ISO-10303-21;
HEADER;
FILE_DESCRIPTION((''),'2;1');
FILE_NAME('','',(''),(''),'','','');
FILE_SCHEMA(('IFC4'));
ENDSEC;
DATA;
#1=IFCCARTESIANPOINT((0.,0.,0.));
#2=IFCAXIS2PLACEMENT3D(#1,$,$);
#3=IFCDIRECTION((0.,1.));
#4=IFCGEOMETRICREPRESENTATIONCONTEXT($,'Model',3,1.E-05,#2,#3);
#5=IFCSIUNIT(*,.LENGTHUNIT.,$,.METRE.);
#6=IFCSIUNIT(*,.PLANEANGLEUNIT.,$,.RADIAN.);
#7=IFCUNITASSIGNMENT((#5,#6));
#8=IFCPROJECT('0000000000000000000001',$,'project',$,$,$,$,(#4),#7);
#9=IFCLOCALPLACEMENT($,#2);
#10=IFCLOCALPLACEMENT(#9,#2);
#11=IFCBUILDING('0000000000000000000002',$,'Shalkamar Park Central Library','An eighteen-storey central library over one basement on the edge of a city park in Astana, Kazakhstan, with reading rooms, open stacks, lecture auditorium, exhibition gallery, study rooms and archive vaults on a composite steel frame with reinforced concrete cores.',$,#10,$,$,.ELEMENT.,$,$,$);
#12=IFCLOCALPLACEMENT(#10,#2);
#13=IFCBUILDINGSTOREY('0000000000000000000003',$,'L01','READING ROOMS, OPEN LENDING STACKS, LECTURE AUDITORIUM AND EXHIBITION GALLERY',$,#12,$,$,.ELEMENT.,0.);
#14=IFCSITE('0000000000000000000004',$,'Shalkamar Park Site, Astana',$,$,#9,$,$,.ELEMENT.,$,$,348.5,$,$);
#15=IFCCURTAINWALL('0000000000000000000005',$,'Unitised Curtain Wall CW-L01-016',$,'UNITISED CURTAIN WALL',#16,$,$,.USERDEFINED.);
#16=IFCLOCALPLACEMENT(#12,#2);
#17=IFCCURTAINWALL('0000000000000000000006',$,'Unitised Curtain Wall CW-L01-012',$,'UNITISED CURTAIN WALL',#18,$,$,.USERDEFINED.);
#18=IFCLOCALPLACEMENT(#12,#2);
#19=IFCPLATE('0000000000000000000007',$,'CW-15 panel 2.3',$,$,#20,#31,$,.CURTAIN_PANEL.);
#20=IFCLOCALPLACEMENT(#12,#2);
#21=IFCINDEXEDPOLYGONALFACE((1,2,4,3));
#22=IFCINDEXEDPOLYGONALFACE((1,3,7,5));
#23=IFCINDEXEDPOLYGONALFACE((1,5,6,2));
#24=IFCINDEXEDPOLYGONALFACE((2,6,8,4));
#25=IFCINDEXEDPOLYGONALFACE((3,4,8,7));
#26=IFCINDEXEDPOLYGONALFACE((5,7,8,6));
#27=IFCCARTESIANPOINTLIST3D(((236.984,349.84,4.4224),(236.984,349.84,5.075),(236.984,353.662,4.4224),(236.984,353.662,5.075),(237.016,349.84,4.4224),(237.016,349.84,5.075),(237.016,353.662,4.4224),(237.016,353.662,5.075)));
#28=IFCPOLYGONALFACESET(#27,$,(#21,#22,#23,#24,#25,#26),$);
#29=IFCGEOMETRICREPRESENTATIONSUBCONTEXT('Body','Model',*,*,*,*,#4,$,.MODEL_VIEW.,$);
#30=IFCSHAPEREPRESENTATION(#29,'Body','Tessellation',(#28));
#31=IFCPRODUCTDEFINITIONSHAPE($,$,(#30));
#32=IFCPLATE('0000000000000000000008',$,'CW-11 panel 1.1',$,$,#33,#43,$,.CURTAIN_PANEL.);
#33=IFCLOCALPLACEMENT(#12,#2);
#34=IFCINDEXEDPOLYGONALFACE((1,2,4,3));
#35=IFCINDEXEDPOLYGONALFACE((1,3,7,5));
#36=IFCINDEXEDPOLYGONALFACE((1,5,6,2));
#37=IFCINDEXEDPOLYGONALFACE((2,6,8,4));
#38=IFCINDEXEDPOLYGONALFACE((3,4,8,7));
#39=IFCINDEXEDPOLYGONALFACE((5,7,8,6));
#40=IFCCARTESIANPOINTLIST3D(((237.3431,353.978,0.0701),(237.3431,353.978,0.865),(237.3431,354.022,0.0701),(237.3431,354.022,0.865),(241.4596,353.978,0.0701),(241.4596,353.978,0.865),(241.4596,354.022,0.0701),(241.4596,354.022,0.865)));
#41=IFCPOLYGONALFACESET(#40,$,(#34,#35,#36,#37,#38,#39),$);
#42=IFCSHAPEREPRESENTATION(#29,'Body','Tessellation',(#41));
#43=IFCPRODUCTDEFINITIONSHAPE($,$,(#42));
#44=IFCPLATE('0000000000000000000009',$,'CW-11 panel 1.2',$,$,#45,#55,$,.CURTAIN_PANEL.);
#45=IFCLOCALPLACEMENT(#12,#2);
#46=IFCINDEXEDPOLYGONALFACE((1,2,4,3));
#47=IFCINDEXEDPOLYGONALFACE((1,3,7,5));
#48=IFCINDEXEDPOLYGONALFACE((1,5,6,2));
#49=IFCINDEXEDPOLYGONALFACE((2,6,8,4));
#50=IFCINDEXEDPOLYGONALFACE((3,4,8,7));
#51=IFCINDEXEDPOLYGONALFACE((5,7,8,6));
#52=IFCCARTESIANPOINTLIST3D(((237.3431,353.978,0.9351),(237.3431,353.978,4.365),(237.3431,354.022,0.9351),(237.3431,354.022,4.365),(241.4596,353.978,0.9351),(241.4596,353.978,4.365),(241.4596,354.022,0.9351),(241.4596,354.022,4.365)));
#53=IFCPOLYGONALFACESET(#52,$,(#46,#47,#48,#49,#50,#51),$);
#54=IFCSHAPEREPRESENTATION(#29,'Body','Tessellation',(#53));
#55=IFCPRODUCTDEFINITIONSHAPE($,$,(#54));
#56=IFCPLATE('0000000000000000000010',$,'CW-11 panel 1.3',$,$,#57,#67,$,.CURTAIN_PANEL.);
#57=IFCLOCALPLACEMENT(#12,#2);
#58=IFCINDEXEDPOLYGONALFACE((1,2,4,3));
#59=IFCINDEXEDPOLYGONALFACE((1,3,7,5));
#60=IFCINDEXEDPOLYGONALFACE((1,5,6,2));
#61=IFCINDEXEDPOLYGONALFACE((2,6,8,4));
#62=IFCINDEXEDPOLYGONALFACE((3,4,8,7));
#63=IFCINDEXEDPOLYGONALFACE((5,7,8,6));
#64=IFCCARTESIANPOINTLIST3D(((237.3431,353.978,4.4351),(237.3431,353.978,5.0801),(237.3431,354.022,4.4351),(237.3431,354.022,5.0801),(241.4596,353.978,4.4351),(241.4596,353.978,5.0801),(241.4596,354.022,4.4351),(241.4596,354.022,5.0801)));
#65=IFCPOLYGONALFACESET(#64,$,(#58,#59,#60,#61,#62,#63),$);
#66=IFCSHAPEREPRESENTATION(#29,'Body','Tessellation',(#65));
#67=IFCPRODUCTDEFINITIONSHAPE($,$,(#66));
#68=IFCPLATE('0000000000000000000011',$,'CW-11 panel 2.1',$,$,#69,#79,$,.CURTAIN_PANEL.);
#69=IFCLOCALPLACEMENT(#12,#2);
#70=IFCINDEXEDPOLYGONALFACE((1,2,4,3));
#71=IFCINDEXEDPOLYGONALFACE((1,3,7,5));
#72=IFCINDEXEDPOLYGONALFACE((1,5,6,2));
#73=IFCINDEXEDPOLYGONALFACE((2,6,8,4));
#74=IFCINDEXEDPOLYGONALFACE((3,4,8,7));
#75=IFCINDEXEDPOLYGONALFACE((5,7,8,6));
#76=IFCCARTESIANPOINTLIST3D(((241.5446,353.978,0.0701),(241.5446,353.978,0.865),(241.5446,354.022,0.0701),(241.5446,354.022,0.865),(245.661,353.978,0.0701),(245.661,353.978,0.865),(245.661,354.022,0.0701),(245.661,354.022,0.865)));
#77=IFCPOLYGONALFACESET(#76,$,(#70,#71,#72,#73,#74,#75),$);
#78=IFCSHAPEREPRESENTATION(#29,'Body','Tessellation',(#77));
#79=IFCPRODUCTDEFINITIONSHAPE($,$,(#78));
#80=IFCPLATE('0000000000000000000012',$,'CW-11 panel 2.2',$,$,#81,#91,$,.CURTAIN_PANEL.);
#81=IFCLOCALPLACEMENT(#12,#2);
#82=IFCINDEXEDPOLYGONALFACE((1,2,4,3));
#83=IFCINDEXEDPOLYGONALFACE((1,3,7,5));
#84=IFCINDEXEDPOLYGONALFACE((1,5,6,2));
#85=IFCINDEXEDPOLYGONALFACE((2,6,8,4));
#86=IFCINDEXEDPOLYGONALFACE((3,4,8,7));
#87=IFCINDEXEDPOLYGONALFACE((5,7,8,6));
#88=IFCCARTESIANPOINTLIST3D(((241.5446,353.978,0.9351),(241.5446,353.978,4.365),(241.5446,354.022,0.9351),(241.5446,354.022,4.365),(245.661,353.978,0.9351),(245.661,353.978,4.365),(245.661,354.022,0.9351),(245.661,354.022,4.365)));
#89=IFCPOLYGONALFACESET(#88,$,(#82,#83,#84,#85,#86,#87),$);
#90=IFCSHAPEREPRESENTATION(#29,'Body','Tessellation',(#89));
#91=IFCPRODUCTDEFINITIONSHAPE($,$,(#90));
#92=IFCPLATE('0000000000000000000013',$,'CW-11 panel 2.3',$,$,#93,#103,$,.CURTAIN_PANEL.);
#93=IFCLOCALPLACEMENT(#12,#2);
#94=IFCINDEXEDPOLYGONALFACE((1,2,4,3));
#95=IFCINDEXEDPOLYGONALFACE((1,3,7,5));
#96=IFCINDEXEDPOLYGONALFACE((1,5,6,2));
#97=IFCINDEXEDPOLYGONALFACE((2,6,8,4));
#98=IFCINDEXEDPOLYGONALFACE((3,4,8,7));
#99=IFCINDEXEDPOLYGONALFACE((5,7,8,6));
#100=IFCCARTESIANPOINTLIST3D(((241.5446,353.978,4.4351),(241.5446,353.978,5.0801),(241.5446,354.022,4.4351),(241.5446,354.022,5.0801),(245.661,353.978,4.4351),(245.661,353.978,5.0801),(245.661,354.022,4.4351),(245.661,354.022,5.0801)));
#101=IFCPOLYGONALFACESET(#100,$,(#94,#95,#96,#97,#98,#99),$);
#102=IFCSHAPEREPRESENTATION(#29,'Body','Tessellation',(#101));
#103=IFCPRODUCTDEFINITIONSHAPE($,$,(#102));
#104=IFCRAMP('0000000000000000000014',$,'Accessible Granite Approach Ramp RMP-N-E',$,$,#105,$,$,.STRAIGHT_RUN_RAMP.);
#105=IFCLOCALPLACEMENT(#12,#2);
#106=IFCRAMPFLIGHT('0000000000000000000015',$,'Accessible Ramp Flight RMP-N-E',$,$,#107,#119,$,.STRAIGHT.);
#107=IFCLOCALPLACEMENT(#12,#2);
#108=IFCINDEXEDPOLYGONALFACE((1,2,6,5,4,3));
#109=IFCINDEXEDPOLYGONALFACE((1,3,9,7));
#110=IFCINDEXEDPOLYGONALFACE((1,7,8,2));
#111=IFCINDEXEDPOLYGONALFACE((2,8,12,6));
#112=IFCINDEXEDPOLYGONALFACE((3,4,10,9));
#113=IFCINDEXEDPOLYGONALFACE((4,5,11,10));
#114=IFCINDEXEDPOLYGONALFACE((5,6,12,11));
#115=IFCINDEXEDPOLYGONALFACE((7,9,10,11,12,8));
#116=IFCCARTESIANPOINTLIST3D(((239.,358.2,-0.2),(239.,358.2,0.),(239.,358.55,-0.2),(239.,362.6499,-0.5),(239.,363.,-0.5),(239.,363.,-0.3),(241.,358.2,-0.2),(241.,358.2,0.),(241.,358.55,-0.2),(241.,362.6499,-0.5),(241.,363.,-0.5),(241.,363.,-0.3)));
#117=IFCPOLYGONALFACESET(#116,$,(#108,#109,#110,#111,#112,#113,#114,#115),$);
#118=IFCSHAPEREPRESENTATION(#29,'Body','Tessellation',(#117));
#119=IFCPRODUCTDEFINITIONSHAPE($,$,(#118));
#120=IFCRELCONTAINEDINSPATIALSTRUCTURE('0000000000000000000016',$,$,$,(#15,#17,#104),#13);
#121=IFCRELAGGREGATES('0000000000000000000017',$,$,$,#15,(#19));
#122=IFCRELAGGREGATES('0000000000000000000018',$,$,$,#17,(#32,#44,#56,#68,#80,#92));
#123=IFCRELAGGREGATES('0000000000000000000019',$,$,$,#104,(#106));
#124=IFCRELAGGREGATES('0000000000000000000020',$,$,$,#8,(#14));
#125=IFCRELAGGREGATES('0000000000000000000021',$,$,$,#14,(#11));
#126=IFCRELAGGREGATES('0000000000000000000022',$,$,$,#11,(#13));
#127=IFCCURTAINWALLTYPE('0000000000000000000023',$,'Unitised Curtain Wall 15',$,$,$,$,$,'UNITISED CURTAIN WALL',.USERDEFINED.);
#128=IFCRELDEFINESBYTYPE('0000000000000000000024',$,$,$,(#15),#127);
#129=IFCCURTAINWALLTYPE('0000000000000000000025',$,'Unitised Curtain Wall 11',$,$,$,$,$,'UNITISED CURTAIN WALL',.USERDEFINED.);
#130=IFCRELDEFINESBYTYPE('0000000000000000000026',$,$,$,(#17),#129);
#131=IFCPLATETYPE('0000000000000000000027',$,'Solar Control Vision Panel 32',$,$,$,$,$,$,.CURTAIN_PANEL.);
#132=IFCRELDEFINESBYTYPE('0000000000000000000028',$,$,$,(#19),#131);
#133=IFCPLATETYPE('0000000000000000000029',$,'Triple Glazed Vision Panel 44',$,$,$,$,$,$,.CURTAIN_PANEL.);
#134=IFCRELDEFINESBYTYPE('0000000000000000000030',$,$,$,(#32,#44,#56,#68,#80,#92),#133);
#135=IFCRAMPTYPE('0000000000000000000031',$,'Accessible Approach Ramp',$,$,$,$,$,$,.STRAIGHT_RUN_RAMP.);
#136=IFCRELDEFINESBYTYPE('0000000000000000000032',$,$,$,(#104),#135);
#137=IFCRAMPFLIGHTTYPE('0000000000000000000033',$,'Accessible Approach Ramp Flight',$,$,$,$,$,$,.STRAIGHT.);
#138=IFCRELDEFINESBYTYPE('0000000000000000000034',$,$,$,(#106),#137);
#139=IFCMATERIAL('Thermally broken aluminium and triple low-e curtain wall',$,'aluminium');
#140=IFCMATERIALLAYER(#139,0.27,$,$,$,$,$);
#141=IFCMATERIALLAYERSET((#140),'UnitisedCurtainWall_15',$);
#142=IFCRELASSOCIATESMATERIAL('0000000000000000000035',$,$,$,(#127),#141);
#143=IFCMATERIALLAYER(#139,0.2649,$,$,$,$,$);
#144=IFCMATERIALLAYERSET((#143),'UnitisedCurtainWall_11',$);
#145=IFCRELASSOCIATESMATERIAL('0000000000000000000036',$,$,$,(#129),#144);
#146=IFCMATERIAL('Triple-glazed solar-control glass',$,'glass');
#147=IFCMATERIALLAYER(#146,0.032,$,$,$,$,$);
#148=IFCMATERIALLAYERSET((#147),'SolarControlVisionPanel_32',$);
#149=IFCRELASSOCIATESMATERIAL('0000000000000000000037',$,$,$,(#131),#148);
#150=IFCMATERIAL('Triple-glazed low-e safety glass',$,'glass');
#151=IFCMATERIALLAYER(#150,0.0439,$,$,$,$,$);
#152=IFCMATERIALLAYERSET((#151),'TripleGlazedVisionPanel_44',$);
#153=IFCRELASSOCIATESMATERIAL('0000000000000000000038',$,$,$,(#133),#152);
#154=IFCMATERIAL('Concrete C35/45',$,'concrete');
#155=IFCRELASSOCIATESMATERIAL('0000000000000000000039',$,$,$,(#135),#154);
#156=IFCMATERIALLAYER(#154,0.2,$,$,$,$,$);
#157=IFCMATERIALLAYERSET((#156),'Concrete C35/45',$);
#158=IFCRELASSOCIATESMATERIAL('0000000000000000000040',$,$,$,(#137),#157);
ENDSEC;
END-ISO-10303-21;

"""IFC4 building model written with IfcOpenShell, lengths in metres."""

from ifc_helpers import new_model, si_unit, direction, frame, origin, origin_2d, place, context, subcontext, project, spatial, polyline, rectangle, outline, extrude, material, layer, layer_set, type_object, element, aggregate, save


model = new_model("IFC4")

# Units and contexts
model_context = context("Model", 3, precision=1e-05, world=origin(), true_north=direction((0.0, 1.0)))
body_context = subcontext(model_context, "Body", "Model", "MODEL_VIEW")
ifc_project = project(units=[si_unit("LENGTHUNIT", "METRE"), si_unit("PLANEANGLEUNIT", "RADIAN")], contexts=[model_context])

# Site, building, storey
site_placement = place(None, origin())
site = spatial("IfcSite", under=ifc_project, at=site_placement, Name="Shalkamar Park Site, Astana", CompositionType="ELEMENT", RefElevation=348.5)
building_placement = place(site_placement, origin())
building = spatial("IfcBuilding", under=site, at=building_placement, Name="Shalkamar Park Central Library", Description="An eighteen-storey central library over one basement on the edge of a city park in Astana, Kazakhstan, with reading rooms, open stacks, lecture auditorium, exhibition gallery, study rooms and archive vaults on a composite steel frame with reinforced concrete cores.", CompositionType="ELEMENT")
storey_placement = place(building_placement, origin())
storey = spatial("IfcBuildingStorey", under=building, at=storey_placement, Name="L01", Description="READING ROOMS, OPEN LENDING STACKS, LECTURE AUDITORIUM AND EXHIBITION GALLERY", CompositionType="ELEMENT", Elevation=0.0)

# Curtain walls
ifc_material_1 = material(Name="Thermally broken aluminium and triple low-e curtain wall", Category="aluminium")
ifc_layer_1 = layer(ifc_material_1, 0.27)
ifc_layer_set_1 = layer_set([ifc_layer_1], Name="UnitisedCurtainWall_15")
curtain_wall_type_1 = type_object("IfcCurtainWallType", Name="Unitised Curtain Wall 15", ElementType="UNITISED CURTAIN WALL", PredefinedType="USERDEFINED", material=ifc_layer_set_1)
curtain_wall_1_placement = place(storey_placement, origin())
curtain_wall_1 = element("IfcCurtainWall", 1, at=curtain_wall_1_placement, inside=storey, type_object=curtain_wall_type_1, Name="Unitised Curtain Wall CW-L01-016", ObjectType="UNITISED CURTAIN WALL", PredefinedType="USERDEFINED")
ifc_layer_2 = layer(ifc_material_1, 0.2649)
ifc_layer_set_2 = layer_set([ifc_layer_2], Name="UnitisedCurtainWall_11")
curtain_wall_type_2 = type_object("IfcCurtainWallType", Name="Unitised Curtain Wall 11", ElementType="UNITISED CURTAIN WALL", PredefinedType="USERDEFINED", material=ifc_layer_set_2)
curtain_wall_2_placement = place(storey_placement, origin())
curtain_wall_2 = element("IfcCurtainWall", 2, at=curtain_wall_2_placement, inside=storey, type_object=curtain_wall_type_2, Name="Unitised Curtain Wall CW-L01-012", ObjectType="UNITISED CURTAIN WALL", PredefinedType="USERDEFINED")

# Plates
ifc_material_2 = material(Name="Triple-glazed solar-control glass", Category="glass")
ifc_layer_3 = layer(ifc_material_2, 0.032)
ifc_layer_set_3 = layer_set([ifc_layer_3], Name="SolarControlVisionPanel_32")
plate_type_1 = type_object("IfcPlateType", Name="Solar Control Vision Panel 32", PredefinedType="CURTAIN_PANEL", material=ifc_layer_set_3)
plate_1_placement = place(storey_placement, frame((237.0, 351.751, 4.4224), z_axis=(0.0, 0.0, 1.0), x_axis=(0.0, 1.0, 0.0)))
plate_1 = element("IfcPlate", 3, at=plate_1_placement, type_object=plate_type_1, Name="CW-15 panel 2.3", PredefinedType="CURTAIN_PANEL", context=body_context, shape_type="SweptSolid", body=[
    extrude(rectangle(XDim=3.822, YDim=0.032, at=origin_2d()), origin(), (0.0, 0.0, 1.0), 0.6526),
])
aggregate(curtain_wall_1, [plate_1])
ifc_material_3 = material(Name="Triple-glazed low-e safety glass", Category="glass")
ifc_layer_4 = layer(ifc_material_3, 0.0439)
ifc_layer_set_4 = layer_set([ifc_layer_4], Name="TripleGlazedVisionPanel_44")
plate_type_2 = type_object("IfcPlateType", Name="Triple Glazed Vision Panel 44", PredefinedType="CURTAIN_PANEL", material=ifc_layer_set_4)
plate_2_placement = place(storey_placement, frame((239.4014, 354.0, 0.0701), z_axis=(0.0, 0.0, 1.0), x_axis=(1.0, 0.0, 0.0)))
plate_2 = element("IfcPlate", 4, at=plate_2_placement, type_object=plate_type_2, Name="CW-11 panel 1.1", PredefinedType="CURTAIN_PANEL", context=body_context, shape_type="SweptSolid", body=[
    extrude(rectangle(XDim=4.1165, YDim=0.0439, at=origin_2d()), origin(), (0.0, 0.0, 1.0), 0.7949),
])
plate_3_placement = place(storey_placement, frame((239.4014, 354.0, 0.9351), z_axis=(0.0, 0.0, 1.0), x_axis=(1.0, 0.0, 0.0)))
plate_3 = element("IfcPlate", 5, at=plate_3_placement, type_object=plate_type_2, Name="CW-11 panel 1.2", PredefinedType="CURTAIN_PANEL", context=body_context, shape_type="SweptSolid", body=[
    extrude(rectangle(XDim=4.1165, YDim=0.0439, at=origin_2d()), origin(), (0.0, 0.0, 1.0), 3.4299),
])
plate_4_placement = place(storey_placement, frame((239.4014, 354.0, 4.4351), z_axis=(0.0, 0.0, 1.0), x_axis=(1.0, 0.0, 0.0)))
plate_4 = element("IfcPlate", 6, at=plate_4_placement, type_object=plate_type_2, Name="CW-11 panel 1.3", PredefinedType="CURTAIN_PANEL", context=body_context, shape_type="SweptSolid", body=[
    extrude(rectangle(XDim=4.1165, YDim=0.0439, at=origin_2d()), origin(), (0.0, 0.0, 1.0), 0.645),
])
plate_5_placement = place(storey_placement, frame((243.6028, 354.0, 0.0701), z_axis=(0.0, 0.0, 1.0), x_axis=(1.0, 0.0, 0.0)))
plate_5 = element("IfcPlate", 7, at=plate_5_placement, type_object=plate_type_2, Name="CW-11 panel 2.1", PredefinedType="CURTAIN_PANEL", context=body_context, shape_type="SweptSolid", body=[
    extrude(rectangle(XDim=4.1165, YDim=0.0439, at=origin_2d()), origin(), (0.0, 0.0, 1.0), 0.7949),
])
plate_6_placement = place(storey_placement, frame((243.6028, 354.0, 0.9351), z_axis=(0.0, 0.0, 1.0), x_axis=(1.0, 0.0, 0.0)))
plate_6 = element("IfcPlate", 8, at=plate_6_placement, type_object=plate_type_2, Name="CW-11 panel 2.2", PredefinedType="CURTAIN_PANEL", context=body_context, shape_type="SweptSolid", body=[
    extrude(rectangle(XDim=4.1165, YDim=0.0439, at=origin_2d()), origin(), (0.0, 0.0, 1.0), 3.4299),
])
plate_7_placement = place(storey_placement, frame((243.6028, 354.0, 4.4351), z_axis=(0.0, 0.0, 1.0), x_axis=(1.0, 0.0, 0.0)))
plate_7 = element("IfcPlate", 9, at=plate_7_placement, type_object=plate_type_2, Name="CW-11 panel 2.3", PredefinedType="CURTAIN_PANEL", context=body_context, shape_type="SweptSolid", body=[
    extrude(rectangle(XDim=4.1165, YDim=0.0439, at=origin_2d()), origin(), (0.0, 0.0, 1.0), 0.645),
])
aggregate(curtain_wall_2, [plate_2, plate_3, plate_4, plate_5, plate_6, plate_7])

# Ramp, ramp flight
ifc_material_4 = material(Name="Concrete C35/45", Category="concrete")
ramp_type = type_object("IfcRampType", Name="Accessible Approach Ramp", PredefinedType="STRAIGHT_RUN_RAMP", material=ifc_material_4)
ramp_placement = place(storey_placement, origin())
ramp = element("IfcRamp", 10, at=ramp_placement, inside=storey, type_object=ramp_type, Name="Accessible Granite Approach Ramp RMP-N-E", PredefinedType="STRAIGHT_RUN_RAMP")
ifc_layer_5 = layer(ifc_material_4, 0.2)
ifc_layer_set_5 = layer_set([ifc_layer_5], Name="Concrete C35/45")
ramp_flight_type = type_object("IfcRampFlightType", Name="Accessible Approach Ramp Flight", PredefinedType="STRAIGHT", material=ifc_layer_set_5)
ramp_flight_placement = place(storey_placement, frame((240.0, 363.0, -0.3), z_axis=(0.0, 0.0, 1.0), x_axis=(0.0, -1.0, 0.0)))
ramp_flight = element("IfcRampFlight", 11, at=ramp_flight_placement, type_object=ramp_flight_type, Name="Accessible Ramp Flight RMP-N-E", PredefinedType="STRAIGHT", context=body_context, shape_type="SweptSolid", body=[
    extrude(outline(polyline([(0.0, 0.0), (0.0, -0.2), (0.3501, -0.2), (4.45, 0.1001), (4.8, 0.1001), (4.8, 0.3), (0.0, 0.0)])), frame((0.0, 1.0, 0.0), z_axis=(0.0, -1.0, 0.0), x_axis=(1.0, 0.0, 0.0)), (0.0, 0.0, 1.0), 2.0),
])
aggregate(ramp, [ramp_flight])

save(model, "model.ifc")
